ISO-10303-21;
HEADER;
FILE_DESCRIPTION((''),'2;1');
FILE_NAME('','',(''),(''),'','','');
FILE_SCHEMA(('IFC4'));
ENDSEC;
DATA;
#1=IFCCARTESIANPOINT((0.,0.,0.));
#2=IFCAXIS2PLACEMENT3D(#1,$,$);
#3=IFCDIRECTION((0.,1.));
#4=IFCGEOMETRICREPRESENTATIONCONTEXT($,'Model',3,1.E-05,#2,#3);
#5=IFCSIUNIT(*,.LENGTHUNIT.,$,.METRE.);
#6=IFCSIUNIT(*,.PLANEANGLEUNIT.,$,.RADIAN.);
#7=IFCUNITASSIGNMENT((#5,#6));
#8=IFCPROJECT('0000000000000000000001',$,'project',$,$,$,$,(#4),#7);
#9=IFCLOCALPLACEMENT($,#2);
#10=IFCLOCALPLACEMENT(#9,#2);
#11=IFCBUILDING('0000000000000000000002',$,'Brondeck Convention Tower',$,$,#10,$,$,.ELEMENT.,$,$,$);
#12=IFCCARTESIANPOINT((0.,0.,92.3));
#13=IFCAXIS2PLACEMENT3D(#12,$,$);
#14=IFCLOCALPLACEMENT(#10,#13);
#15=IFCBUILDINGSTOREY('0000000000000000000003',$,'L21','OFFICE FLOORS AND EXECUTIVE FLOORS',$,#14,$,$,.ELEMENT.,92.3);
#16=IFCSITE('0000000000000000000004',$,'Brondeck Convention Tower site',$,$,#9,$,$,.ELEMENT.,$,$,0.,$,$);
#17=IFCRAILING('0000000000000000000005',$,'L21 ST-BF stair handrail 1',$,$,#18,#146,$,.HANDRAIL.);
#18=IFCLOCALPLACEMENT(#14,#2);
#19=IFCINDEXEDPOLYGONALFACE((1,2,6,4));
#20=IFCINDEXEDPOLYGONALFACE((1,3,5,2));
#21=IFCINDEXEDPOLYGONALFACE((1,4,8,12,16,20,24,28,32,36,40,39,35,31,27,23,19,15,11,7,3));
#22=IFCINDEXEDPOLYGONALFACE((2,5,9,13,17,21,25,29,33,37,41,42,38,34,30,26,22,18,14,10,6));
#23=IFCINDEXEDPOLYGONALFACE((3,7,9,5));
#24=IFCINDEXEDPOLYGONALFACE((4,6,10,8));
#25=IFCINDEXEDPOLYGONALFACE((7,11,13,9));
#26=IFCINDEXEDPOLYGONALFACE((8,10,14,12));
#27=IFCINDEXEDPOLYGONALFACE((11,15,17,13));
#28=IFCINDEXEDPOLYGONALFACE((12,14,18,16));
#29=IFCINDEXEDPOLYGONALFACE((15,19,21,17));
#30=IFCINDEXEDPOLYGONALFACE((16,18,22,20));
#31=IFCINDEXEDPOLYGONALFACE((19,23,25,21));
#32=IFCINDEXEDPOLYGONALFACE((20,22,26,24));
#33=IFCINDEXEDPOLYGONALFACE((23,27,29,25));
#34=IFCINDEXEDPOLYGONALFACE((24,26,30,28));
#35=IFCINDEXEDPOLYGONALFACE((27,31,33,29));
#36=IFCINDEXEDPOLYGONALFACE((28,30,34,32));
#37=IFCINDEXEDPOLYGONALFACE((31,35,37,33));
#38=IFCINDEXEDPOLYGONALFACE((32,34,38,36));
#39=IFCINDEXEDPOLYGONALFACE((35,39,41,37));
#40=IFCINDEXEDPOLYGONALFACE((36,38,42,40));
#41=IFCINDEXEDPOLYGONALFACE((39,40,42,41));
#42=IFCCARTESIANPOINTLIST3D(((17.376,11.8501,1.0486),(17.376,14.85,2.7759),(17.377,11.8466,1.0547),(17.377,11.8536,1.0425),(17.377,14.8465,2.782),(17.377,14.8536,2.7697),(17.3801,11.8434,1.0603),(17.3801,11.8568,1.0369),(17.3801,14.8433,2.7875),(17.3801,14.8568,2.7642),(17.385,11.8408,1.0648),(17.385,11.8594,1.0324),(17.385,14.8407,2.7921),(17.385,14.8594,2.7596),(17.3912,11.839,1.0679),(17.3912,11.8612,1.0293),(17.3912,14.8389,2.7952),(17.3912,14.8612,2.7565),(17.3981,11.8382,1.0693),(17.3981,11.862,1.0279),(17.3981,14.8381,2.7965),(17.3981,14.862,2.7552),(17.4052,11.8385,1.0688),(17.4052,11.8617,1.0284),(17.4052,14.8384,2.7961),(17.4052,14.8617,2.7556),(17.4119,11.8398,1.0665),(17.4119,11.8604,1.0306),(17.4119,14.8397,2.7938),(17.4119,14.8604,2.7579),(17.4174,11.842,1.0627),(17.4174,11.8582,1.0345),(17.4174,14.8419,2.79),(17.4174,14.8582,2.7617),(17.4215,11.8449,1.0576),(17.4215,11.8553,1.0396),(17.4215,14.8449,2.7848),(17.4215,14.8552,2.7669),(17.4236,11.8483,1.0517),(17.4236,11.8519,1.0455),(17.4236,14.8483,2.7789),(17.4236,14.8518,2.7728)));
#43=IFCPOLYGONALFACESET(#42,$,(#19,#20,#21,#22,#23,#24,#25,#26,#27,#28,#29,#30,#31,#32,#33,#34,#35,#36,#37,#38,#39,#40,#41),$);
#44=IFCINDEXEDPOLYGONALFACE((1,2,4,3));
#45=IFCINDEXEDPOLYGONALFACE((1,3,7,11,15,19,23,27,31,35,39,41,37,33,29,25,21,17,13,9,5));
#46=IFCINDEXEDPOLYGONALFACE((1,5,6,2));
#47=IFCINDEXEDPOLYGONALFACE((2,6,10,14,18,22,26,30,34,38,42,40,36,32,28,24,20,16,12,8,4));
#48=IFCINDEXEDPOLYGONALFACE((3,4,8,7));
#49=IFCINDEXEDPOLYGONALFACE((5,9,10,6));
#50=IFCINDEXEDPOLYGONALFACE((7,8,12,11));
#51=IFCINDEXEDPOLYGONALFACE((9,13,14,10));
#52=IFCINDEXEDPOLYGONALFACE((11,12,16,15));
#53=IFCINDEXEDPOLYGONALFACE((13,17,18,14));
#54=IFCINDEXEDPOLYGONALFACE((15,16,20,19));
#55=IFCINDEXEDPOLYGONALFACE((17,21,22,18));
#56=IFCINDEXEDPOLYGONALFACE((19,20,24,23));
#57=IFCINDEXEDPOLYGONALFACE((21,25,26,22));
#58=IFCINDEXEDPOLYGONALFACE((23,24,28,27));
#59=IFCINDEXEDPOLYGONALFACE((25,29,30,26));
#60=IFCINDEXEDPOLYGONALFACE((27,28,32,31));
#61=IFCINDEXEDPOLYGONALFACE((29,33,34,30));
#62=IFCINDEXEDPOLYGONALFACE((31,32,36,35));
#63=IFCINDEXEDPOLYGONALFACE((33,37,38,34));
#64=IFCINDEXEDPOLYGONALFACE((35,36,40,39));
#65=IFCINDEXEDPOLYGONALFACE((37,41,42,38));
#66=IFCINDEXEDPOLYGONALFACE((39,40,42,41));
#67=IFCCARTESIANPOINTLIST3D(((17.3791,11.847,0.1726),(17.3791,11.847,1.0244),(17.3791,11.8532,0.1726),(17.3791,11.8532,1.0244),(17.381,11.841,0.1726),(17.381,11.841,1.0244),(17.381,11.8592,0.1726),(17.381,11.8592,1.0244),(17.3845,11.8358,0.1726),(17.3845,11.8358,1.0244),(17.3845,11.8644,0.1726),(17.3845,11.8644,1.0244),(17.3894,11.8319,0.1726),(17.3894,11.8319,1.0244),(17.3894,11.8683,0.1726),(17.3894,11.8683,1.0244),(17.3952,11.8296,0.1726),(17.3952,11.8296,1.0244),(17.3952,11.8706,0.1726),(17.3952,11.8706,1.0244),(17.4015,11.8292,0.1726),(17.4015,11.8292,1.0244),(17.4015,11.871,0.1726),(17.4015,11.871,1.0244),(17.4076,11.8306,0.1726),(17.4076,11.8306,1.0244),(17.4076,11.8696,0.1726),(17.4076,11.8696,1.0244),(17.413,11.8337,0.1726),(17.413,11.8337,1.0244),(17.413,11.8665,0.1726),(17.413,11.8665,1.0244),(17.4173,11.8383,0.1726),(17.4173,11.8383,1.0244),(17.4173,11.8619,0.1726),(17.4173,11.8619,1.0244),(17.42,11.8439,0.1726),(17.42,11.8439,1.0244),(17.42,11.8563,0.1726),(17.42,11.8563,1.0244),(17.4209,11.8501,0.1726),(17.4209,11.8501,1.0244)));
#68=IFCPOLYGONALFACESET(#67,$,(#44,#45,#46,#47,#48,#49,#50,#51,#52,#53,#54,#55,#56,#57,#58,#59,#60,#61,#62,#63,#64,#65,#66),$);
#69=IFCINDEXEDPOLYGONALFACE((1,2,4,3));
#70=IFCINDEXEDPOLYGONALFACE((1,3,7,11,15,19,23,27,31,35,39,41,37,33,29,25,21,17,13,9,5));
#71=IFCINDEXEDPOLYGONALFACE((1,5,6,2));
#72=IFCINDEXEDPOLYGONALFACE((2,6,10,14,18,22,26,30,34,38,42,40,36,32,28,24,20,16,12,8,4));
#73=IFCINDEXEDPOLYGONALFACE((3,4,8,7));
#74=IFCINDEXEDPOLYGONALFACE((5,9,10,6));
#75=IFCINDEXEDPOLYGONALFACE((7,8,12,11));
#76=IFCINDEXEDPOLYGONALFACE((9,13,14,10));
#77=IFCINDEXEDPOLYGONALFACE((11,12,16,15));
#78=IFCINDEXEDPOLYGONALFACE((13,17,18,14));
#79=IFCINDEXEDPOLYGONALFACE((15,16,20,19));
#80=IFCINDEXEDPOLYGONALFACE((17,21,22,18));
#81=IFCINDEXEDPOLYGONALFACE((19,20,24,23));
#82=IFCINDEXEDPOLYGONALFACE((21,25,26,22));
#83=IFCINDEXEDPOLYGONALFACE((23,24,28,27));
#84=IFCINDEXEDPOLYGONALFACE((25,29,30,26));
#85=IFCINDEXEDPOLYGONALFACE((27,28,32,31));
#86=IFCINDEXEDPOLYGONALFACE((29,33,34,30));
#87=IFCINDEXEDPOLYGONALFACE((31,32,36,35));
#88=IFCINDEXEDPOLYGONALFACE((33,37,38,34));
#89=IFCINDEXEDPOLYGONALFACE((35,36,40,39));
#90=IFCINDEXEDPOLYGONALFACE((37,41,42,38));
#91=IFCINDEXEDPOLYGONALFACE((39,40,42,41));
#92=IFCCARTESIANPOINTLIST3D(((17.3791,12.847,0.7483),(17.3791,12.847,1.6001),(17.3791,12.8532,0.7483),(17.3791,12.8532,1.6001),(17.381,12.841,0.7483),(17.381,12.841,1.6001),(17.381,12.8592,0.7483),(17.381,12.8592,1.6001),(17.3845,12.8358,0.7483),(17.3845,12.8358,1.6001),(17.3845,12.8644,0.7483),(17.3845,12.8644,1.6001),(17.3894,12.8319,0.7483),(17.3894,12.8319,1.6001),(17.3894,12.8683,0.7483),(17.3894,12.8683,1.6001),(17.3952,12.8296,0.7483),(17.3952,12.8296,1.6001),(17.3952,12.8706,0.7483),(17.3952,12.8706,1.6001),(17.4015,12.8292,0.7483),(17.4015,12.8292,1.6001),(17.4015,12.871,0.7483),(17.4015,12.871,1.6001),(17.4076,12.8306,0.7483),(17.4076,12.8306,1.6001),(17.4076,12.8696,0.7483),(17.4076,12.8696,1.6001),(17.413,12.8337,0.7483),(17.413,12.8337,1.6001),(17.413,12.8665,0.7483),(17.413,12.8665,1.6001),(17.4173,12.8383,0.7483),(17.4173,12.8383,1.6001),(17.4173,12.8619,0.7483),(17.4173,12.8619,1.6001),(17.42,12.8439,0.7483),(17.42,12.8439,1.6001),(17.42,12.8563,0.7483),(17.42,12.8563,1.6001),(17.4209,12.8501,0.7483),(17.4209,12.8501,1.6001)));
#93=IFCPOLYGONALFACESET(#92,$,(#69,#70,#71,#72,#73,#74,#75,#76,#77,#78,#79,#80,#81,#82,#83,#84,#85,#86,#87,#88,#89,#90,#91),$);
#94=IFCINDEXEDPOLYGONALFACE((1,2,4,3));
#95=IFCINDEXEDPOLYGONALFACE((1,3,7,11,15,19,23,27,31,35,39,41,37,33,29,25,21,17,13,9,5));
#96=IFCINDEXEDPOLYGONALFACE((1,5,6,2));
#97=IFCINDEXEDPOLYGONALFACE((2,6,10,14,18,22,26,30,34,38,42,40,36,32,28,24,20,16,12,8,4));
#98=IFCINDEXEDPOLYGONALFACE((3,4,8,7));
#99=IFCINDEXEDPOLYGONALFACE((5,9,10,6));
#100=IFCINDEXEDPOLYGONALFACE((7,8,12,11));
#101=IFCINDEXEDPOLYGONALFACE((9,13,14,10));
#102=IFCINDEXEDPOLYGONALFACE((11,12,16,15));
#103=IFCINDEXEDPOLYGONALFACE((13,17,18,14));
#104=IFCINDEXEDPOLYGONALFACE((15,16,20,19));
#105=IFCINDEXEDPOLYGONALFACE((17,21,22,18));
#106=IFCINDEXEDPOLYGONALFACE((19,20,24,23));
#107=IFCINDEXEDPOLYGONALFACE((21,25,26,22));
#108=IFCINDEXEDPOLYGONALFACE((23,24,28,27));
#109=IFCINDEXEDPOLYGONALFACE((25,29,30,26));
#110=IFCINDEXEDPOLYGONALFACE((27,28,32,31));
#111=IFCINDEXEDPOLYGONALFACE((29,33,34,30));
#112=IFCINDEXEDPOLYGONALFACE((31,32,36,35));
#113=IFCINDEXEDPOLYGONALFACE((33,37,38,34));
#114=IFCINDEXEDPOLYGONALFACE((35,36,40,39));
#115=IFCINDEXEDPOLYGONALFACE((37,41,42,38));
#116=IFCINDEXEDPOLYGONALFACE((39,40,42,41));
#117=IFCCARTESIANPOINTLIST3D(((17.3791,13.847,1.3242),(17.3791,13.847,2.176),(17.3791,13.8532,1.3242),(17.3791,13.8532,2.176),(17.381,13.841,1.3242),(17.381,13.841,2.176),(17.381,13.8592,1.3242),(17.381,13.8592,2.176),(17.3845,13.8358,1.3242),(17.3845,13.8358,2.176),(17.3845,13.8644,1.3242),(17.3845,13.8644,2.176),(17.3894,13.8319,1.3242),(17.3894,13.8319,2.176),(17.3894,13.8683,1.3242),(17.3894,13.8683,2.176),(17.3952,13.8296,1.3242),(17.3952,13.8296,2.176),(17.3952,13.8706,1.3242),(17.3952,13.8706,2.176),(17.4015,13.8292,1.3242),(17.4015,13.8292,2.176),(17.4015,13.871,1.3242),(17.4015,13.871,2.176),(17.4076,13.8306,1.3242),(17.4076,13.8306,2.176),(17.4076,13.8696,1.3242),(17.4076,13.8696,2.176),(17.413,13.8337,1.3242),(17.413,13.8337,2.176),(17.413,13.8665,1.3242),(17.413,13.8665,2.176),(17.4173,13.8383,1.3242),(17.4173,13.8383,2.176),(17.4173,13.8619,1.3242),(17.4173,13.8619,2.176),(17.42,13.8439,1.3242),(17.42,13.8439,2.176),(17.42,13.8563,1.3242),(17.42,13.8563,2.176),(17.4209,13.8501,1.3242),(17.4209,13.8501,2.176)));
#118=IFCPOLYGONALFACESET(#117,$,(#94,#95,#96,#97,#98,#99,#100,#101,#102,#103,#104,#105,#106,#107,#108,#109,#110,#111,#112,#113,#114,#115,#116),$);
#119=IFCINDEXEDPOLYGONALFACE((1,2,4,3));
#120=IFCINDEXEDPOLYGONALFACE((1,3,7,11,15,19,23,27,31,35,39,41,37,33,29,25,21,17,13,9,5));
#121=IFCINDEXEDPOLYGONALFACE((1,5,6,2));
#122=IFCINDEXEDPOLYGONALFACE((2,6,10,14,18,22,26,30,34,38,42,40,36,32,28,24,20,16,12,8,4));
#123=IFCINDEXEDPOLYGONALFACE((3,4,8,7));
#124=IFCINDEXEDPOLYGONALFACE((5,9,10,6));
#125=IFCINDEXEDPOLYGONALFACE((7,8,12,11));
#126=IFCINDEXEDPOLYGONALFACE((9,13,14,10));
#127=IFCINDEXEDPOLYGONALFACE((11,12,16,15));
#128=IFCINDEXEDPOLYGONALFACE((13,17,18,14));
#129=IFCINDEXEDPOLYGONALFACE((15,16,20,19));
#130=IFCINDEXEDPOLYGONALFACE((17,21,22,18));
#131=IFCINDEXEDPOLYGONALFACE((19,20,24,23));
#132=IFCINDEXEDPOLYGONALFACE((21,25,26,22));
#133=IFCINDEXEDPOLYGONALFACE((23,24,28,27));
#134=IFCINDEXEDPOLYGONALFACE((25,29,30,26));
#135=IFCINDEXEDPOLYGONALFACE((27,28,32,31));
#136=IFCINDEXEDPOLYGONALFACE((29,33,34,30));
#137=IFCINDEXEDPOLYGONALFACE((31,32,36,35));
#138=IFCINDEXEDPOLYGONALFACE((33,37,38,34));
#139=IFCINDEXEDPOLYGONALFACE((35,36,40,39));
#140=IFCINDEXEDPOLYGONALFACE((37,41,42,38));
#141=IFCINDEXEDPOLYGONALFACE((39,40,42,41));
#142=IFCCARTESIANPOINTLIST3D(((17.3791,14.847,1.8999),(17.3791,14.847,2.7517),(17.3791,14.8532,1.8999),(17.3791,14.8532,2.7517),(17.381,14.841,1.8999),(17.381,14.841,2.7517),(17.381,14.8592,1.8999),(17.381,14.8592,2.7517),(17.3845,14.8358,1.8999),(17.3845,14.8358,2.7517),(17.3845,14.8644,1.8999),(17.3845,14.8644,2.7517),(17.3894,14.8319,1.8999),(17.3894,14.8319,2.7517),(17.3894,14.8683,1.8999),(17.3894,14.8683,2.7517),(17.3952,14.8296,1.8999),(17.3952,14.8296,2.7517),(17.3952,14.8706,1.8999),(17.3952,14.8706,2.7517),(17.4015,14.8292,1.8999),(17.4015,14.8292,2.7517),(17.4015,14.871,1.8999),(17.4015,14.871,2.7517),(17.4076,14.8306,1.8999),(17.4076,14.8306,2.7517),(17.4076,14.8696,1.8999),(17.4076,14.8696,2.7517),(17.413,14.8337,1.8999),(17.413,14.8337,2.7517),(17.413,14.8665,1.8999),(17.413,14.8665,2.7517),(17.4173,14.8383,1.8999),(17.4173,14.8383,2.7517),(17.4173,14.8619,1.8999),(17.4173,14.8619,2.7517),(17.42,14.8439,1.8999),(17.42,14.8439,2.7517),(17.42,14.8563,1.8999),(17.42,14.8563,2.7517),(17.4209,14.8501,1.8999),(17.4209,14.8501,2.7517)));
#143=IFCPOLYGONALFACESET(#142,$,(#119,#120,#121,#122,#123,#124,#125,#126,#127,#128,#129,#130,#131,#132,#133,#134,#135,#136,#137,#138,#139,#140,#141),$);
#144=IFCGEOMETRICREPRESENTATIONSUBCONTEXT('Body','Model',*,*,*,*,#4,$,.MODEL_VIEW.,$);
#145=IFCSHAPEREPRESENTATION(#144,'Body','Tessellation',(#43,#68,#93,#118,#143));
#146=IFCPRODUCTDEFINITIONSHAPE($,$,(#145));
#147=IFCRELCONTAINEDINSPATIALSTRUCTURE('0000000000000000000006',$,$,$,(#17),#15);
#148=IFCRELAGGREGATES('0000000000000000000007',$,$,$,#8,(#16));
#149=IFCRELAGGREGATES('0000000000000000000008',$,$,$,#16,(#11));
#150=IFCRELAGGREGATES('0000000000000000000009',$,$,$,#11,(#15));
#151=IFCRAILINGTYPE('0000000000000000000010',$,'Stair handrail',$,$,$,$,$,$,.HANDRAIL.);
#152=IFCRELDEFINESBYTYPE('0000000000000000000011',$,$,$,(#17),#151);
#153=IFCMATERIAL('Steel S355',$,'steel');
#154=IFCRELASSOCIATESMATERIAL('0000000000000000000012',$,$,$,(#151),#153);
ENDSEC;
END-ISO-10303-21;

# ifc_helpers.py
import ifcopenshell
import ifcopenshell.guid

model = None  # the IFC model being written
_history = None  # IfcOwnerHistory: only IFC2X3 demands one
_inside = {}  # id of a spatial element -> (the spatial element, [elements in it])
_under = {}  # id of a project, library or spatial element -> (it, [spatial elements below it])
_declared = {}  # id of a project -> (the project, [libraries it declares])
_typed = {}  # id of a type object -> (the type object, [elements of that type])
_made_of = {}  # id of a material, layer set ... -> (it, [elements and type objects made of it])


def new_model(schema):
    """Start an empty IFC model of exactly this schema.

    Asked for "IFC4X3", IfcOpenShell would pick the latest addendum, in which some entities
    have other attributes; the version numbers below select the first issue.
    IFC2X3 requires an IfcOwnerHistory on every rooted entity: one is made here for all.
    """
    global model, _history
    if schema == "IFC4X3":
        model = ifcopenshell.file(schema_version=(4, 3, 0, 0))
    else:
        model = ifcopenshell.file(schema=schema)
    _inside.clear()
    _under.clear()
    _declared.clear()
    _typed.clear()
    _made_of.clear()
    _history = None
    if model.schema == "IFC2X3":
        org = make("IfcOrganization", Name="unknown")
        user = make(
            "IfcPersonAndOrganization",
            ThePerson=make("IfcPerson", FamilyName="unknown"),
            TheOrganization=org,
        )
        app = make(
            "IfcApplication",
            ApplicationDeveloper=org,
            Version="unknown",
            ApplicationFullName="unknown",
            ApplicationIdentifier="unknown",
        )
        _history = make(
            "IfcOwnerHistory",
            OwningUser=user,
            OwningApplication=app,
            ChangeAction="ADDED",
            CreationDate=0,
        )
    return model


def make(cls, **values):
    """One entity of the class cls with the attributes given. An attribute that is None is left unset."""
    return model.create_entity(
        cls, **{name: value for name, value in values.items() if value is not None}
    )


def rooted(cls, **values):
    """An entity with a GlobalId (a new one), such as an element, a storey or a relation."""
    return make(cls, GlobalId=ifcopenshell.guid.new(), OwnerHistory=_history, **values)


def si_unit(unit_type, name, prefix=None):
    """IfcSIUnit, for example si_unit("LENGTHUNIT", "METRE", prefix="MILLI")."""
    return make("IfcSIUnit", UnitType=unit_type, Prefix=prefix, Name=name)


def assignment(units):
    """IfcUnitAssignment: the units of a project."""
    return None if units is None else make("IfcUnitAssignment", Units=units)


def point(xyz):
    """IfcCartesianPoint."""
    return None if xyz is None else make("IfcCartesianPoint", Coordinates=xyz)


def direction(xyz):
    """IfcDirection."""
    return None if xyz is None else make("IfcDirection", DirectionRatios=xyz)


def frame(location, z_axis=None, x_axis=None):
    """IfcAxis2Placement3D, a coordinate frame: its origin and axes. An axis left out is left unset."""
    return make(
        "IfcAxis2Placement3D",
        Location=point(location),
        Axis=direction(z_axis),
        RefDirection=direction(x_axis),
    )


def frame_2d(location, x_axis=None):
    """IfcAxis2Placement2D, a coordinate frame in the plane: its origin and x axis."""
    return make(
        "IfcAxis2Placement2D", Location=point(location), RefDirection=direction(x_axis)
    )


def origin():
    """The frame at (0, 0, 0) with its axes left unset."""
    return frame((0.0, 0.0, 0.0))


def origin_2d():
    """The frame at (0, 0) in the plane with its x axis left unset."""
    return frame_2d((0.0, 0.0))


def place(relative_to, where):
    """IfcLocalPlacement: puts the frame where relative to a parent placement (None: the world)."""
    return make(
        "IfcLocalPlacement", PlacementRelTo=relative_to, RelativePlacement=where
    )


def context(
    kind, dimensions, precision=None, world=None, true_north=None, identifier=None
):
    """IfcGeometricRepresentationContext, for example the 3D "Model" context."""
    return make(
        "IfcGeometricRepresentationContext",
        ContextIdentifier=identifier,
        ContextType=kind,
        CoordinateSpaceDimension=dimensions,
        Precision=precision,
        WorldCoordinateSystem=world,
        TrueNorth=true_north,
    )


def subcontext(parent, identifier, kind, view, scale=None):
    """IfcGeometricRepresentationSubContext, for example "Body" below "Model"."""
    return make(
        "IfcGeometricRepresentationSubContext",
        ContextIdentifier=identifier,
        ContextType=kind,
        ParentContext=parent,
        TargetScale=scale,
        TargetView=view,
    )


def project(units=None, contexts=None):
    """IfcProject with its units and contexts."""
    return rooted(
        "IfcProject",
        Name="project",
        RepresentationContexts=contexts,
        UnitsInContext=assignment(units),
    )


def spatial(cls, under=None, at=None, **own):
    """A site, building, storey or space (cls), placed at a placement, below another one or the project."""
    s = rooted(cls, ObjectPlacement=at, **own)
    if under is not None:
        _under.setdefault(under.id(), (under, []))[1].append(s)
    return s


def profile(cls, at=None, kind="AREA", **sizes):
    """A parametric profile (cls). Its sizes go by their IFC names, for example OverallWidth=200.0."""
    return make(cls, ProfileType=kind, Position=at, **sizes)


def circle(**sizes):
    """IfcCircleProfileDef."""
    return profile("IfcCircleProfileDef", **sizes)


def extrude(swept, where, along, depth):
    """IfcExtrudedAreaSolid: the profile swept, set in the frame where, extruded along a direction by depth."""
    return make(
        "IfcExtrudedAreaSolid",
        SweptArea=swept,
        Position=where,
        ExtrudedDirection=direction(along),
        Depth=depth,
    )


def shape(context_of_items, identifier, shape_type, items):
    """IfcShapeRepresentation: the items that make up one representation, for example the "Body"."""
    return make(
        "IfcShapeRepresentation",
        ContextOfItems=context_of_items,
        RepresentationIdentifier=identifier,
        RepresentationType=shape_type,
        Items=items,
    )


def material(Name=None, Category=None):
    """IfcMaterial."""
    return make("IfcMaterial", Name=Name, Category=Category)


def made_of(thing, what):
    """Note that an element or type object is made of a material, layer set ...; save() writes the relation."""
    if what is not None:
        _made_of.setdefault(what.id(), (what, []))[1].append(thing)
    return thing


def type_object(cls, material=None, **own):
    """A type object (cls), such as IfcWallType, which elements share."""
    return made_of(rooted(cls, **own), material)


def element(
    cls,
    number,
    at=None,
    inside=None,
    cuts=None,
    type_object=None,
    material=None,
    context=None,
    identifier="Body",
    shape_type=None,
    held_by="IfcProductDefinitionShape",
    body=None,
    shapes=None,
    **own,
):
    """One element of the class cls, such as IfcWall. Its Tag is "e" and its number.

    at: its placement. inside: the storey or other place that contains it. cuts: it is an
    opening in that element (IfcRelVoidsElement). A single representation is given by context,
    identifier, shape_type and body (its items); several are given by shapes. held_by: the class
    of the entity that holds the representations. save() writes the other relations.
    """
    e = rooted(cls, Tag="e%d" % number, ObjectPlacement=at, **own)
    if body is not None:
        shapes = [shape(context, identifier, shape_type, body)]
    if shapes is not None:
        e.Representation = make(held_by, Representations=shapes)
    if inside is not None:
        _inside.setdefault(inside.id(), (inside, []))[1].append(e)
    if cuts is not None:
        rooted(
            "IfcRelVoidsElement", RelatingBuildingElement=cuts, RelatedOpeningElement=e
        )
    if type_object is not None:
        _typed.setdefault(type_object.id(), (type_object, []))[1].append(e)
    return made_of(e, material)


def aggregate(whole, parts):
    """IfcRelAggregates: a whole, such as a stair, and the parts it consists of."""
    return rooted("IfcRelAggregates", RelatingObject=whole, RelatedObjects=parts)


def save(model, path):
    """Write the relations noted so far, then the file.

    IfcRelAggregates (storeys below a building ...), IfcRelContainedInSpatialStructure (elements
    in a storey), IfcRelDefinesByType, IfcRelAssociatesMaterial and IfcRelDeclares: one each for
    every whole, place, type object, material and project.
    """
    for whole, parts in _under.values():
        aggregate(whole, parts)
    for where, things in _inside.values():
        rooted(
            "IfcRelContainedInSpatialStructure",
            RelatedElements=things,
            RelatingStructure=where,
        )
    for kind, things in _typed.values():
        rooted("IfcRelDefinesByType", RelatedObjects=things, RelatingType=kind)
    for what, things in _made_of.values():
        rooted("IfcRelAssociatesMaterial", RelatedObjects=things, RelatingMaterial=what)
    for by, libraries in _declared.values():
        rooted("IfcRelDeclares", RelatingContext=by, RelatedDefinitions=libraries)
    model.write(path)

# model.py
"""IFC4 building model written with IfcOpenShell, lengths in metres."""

from ifc_helpers import new_model, si_unit, direction, frame, origin, origin_2d, place, context, subcontext, project, spatial, circle, extrude, material, type_object, element, save


model = new_model("IFC4")

# Units and contexts
model_context = context("Model", 3, precision=1e-05, world=origin(), true_north=direction((0.0, 1.0)))
body_context = subcontext(model_context, "Body", "Model", "MODEL_VIEW")
ifc_project = project(units=[si_unit("LENGTHUNIT", "METRE"), si_unit("PLANEANGLEUNIT", "RADIAN")], contexts=[model_context])

# Site, building, storey
site_placement = place(None, origin())
site = spatial("IfcSite", under=ifc_project, at=site_placement, Name="Brondeck Convention Tower site", CompositionType="ELEMENT", RefElevation=0.0)
building_placement = place(site_placement, origin())
building = spatial("IfcBuilding", under=site, at=building_placement, Name="Brondeck Convention Tower", CompositionType="ELEMENT")
storey_placement = place(building_placement, frame((0.0, 0.0, 92.3)))
storey = spatial("IfcBuildingStorey", under=building, at=storey_placement, Name="L21", Description="OFFICE FLOORS AND EXECUTIVE FLOORS", CompositionType="ELEMENT", Elevation=92.3)

# Shared definitions
ifc_material_1 = material(Name="Steel S355", Category="steel")

# Railing
railing_type_1 = type_object("IfcRailingType", Name="Stair handrail", PredefinedType="HANDRAIL", material=ifc_material_1)
railing_1_placement = place(storey_placement, frame((17.3999, 11.8501, 0.1726)))
element("IfcRailing", 1, at=railing_1_placement, inside=storey, type_object=railing_type_1, Name="L21 ST-BF stair handrail 1", PredefinedType="HANDRAIL", context=body_context, shape_type="SweptSolid", body=[
    extrude(circle(Radius=0.0239, at=origin_2d()), frame((0.0, 0.0, 0.876), z_axis=(0.0, 0.86662, 0.498969), x_axis=(-1.0, 0.0, 0.0)), (0.0, 0.0, 1.0), 3.4617),
    extrude(circle(Radius=0.021, at=origin_2d()), origin(), (0.0, 0.0, 1.0), 0.8518),
    extrude(circle(Radius=0.021, at=origin_2d()), frame((0.0, 1.0, 0.5757)), (0.0, 0.0, 1.0), 0.8518),
    extrude(circle(Radius=0.021, at=origin_2d()), frame((0.0, 2.0, 1.1516)), (0.0, 0.0, 1.0), 0.8518),
    extrude(circle(Radius=0.021, at=origin_2d()), frame((0.0, 3.0, 1.7273)), (0.0, 0.0, 1.0), 0.8518),
])

save(model, "model.ifc")
